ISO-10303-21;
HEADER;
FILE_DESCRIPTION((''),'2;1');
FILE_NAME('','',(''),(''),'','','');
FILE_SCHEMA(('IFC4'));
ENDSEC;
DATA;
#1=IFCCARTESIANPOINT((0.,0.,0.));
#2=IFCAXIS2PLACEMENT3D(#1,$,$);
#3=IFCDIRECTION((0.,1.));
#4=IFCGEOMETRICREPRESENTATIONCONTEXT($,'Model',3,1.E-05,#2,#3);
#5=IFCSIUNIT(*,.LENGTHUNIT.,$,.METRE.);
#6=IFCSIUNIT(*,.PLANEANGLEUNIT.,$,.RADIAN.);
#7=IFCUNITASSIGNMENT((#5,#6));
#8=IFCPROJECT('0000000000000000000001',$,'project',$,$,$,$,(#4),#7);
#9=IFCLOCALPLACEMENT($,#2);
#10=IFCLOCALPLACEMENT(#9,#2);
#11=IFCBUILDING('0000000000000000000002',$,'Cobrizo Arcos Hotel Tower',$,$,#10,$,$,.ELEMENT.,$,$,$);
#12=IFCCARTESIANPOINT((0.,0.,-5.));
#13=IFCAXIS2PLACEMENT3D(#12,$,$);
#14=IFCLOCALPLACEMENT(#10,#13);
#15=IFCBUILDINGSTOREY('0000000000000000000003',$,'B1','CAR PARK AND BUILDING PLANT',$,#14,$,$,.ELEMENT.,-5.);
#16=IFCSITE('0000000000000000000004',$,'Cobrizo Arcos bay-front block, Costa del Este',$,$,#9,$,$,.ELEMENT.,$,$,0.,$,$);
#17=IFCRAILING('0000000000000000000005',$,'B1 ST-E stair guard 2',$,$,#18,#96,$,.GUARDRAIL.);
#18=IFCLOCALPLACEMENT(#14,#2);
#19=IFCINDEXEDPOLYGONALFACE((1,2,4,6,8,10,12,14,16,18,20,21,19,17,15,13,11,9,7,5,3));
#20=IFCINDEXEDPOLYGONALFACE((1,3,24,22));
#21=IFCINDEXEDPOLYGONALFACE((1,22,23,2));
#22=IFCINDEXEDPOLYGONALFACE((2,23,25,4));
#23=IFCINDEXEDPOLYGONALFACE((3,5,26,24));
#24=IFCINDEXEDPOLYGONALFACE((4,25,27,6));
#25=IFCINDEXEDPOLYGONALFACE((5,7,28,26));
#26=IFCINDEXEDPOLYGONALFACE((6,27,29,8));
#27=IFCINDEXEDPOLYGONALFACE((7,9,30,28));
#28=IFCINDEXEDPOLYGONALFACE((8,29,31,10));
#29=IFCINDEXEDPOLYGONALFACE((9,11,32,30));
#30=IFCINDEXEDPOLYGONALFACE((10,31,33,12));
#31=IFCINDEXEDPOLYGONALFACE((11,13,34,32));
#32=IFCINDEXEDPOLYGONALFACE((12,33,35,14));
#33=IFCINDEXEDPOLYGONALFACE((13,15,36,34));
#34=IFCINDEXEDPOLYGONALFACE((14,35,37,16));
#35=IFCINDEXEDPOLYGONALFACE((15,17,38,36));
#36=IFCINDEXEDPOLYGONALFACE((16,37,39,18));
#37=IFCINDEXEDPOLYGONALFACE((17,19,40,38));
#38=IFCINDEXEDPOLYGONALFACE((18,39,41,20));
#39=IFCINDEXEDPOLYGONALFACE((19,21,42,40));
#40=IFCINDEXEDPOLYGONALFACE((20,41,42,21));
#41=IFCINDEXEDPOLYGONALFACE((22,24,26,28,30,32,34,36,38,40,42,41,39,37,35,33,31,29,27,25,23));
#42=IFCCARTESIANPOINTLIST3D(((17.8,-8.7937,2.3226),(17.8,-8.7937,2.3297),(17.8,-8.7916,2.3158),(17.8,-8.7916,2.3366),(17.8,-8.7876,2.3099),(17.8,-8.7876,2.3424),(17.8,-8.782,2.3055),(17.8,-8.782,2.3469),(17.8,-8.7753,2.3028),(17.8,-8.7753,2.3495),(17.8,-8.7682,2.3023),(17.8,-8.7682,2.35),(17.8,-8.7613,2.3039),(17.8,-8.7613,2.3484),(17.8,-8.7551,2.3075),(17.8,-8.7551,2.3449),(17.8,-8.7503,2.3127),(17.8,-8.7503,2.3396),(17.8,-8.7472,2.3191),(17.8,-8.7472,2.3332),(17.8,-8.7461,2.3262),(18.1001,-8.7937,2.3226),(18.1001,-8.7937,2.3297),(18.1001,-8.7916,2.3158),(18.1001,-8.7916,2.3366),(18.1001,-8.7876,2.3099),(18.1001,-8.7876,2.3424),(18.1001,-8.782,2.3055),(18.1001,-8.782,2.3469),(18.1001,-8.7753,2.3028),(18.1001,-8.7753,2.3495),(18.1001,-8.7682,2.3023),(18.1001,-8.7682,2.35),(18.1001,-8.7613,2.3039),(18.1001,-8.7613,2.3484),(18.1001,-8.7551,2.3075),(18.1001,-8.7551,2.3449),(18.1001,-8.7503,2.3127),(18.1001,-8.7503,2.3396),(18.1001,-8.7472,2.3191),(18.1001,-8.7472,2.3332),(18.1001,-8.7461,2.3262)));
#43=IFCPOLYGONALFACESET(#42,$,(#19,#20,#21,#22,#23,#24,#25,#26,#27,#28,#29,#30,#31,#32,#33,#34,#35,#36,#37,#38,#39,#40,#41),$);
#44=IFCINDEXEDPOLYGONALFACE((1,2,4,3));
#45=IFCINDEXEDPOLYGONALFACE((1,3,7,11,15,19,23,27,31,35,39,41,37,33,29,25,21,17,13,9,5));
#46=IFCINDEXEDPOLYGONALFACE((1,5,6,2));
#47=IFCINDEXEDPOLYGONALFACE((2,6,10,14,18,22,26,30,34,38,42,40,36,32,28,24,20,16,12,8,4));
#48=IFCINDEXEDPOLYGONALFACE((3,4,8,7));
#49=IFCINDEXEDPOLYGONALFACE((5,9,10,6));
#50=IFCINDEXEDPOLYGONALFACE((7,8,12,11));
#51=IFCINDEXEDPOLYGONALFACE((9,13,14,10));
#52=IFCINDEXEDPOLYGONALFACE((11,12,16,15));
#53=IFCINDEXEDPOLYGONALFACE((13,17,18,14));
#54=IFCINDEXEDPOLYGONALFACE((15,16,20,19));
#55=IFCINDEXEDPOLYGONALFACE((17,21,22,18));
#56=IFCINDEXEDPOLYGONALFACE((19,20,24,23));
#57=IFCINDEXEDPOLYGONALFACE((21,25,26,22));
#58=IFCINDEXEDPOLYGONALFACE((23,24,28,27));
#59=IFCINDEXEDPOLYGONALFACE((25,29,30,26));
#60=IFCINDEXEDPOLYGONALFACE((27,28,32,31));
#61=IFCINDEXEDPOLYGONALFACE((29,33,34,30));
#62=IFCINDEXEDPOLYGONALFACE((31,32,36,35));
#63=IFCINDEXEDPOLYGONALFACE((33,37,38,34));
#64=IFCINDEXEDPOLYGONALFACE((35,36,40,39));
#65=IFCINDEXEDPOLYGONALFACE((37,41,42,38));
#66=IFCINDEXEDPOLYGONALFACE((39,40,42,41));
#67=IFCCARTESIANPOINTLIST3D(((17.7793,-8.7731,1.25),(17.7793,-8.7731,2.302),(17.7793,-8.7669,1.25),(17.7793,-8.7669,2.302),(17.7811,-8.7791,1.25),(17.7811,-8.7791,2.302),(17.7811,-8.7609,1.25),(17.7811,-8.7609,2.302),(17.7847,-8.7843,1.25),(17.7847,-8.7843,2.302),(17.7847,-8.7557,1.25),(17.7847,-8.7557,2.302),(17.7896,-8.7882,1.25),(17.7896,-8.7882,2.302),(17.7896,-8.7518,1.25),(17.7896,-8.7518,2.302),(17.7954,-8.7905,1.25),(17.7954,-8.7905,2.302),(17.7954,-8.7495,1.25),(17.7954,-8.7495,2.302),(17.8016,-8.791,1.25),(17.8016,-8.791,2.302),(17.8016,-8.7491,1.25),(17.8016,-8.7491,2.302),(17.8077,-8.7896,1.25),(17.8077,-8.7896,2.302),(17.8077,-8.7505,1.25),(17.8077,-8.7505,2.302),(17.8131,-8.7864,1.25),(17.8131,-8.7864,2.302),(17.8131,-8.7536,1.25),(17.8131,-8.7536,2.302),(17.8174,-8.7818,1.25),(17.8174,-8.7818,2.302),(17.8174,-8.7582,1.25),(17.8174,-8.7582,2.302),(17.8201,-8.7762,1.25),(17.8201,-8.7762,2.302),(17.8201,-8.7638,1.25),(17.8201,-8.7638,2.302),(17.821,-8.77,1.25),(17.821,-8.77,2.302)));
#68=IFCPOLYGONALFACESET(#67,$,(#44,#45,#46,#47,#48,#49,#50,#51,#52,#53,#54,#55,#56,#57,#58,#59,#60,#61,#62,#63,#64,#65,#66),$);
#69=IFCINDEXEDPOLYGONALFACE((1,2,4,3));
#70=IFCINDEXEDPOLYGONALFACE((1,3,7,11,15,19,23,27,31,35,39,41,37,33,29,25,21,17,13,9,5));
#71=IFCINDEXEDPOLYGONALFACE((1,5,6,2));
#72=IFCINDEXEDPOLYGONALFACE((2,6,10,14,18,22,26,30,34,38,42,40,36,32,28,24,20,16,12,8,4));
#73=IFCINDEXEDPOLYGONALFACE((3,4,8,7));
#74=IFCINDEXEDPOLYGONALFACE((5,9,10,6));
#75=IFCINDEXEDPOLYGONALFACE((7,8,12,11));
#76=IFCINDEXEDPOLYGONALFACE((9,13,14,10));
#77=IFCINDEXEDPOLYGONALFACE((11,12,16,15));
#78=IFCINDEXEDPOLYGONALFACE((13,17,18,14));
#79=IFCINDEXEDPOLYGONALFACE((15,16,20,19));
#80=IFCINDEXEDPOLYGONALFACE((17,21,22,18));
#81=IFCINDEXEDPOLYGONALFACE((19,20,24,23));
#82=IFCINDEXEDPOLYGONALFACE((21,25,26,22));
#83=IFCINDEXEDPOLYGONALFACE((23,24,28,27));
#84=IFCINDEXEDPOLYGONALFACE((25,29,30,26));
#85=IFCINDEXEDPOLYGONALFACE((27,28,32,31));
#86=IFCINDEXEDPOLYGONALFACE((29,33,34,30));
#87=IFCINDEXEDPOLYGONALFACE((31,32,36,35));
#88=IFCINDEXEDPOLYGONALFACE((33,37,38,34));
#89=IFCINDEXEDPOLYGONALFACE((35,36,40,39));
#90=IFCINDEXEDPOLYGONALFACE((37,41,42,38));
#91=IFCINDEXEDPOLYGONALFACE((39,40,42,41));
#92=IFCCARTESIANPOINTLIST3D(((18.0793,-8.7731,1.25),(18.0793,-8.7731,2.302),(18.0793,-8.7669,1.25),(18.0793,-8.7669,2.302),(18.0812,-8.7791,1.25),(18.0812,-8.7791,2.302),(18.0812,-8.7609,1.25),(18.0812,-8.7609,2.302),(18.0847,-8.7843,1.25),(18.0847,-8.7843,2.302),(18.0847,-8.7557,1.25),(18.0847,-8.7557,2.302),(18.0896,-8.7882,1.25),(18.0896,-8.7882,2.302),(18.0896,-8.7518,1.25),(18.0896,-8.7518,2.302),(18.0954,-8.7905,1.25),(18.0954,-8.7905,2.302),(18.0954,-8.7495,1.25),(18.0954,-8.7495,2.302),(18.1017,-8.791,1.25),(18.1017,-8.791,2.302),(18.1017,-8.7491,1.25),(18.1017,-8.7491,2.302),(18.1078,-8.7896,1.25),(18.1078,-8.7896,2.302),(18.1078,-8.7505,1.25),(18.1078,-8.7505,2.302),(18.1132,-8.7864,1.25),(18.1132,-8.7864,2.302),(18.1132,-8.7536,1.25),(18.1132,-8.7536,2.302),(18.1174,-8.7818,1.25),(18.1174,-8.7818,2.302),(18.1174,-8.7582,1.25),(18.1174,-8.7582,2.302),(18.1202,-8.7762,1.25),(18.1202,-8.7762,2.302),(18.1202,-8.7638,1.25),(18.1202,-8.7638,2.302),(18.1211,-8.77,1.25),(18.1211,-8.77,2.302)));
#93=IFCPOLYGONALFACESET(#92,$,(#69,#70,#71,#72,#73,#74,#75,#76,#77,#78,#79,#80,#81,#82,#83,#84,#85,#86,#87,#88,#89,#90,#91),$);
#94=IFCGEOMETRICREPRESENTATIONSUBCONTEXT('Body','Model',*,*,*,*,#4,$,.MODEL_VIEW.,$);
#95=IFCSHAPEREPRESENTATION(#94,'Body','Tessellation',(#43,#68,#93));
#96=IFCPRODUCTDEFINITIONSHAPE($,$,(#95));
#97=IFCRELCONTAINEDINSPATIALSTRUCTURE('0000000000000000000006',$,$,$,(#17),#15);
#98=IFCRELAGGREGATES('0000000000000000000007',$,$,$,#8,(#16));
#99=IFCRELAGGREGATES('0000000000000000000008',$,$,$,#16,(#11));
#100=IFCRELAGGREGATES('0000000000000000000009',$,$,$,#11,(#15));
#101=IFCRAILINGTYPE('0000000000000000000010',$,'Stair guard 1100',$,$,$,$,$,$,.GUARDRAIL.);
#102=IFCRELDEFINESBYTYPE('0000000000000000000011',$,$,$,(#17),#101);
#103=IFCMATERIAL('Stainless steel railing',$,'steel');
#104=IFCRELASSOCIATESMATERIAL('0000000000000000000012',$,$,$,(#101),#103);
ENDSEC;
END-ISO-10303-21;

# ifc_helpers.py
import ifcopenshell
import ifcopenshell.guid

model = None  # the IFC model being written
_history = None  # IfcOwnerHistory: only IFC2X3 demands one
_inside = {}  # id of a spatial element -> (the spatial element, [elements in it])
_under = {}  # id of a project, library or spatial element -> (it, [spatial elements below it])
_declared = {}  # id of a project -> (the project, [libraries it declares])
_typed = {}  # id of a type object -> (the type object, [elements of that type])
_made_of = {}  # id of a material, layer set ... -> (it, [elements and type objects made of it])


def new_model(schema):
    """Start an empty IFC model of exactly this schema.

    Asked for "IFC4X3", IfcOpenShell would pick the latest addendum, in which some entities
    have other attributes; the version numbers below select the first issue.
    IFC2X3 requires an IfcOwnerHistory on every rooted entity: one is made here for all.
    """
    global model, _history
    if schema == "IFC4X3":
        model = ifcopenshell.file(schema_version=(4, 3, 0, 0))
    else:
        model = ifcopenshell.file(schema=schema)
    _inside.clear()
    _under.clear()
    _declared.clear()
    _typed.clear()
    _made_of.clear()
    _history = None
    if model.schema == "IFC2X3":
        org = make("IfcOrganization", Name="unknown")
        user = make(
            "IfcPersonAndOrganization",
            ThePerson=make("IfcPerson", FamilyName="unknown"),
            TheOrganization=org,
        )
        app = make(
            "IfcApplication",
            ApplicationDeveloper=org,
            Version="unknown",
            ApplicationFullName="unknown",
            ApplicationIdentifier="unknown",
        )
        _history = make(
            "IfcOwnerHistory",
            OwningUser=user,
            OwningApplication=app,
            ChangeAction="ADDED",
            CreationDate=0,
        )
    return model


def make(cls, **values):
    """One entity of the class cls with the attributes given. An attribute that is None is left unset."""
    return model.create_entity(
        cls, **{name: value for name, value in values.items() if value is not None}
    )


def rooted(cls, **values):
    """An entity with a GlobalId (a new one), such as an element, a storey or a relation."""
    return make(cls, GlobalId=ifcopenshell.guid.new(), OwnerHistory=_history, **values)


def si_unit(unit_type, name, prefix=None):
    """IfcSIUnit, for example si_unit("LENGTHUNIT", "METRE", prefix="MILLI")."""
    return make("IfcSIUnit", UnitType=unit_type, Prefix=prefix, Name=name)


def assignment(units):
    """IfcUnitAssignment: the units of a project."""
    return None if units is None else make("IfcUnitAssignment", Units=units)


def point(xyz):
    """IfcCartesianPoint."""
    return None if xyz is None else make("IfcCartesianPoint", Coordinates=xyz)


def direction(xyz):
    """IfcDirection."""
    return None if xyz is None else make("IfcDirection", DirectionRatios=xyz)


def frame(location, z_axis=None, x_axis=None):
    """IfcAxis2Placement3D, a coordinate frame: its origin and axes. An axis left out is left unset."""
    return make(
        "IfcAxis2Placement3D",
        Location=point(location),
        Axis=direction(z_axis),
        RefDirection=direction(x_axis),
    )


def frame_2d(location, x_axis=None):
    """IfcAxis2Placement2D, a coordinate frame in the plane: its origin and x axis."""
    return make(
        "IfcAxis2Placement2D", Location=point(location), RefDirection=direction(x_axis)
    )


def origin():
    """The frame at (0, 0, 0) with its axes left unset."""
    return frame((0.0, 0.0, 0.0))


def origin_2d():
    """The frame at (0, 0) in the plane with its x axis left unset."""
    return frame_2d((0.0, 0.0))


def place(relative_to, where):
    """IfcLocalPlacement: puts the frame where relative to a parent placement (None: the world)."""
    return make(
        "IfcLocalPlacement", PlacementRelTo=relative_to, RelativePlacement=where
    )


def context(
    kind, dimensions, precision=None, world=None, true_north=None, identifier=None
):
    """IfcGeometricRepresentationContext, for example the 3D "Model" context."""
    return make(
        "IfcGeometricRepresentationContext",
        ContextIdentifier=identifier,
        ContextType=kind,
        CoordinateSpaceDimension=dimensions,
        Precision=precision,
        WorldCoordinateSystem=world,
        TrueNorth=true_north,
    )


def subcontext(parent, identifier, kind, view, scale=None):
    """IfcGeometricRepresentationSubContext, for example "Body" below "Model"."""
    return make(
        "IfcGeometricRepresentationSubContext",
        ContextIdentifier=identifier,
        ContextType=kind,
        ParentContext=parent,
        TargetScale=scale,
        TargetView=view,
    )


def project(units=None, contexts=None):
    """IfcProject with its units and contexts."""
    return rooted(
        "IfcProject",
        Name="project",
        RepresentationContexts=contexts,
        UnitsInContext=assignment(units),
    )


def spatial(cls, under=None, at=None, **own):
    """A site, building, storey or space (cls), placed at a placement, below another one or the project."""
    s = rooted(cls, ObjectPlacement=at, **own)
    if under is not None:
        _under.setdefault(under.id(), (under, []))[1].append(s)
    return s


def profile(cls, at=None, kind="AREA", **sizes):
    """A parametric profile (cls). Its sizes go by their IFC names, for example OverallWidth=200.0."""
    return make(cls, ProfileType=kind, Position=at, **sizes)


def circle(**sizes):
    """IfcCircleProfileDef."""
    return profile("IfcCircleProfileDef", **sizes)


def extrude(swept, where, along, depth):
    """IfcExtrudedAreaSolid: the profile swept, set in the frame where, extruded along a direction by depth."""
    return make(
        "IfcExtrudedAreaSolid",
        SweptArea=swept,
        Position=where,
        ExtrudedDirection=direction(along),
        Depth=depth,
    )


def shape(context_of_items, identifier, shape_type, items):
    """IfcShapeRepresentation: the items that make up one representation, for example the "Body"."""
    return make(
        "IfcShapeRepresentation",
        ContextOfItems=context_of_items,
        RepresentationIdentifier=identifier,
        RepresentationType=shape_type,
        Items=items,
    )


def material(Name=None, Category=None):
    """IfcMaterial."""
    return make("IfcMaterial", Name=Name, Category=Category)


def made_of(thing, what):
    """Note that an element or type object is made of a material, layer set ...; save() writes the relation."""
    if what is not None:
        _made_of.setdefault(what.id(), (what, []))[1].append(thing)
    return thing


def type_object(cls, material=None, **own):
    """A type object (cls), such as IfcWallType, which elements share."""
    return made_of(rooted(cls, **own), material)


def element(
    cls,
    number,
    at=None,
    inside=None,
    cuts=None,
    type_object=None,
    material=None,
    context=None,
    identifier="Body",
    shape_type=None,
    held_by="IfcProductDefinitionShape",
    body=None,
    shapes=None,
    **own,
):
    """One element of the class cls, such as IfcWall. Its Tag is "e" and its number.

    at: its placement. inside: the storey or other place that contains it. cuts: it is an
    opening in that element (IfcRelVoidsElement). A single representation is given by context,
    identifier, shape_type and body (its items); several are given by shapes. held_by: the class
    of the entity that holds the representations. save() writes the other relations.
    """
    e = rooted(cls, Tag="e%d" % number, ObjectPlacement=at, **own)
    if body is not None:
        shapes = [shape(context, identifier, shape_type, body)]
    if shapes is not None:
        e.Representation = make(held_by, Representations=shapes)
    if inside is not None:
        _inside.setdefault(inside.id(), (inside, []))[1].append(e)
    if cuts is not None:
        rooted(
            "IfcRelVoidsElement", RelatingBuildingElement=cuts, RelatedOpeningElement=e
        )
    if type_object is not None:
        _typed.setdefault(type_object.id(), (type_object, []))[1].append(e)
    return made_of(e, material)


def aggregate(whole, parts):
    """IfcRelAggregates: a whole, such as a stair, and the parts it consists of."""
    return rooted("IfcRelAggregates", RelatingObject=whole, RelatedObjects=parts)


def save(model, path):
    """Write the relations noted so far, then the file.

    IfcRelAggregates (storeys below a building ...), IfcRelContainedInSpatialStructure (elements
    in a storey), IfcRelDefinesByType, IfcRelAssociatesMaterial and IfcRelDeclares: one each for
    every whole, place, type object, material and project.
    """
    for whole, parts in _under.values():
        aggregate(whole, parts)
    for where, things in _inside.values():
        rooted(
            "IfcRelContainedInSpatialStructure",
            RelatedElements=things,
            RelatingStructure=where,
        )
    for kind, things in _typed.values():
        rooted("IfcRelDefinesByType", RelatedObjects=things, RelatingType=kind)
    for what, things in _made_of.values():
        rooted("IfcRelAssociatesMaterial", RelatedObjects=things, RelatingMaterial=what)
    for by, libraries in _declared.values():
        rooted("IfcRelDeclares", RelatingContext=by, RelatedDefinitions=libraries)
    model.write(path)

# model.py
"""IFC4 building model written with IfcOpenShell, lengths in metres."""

from ifc_helpers import new_model, si_unit, direction, frame, origin, origin_2d, place, context, subcontext, project, spatial, circle, extrude, material, type_object, element, save


model = new_model("IFC4")

# Units and contexts
model_context = context("Model", 3, precision=1e-05, world=origin(), true_north=direction((0.0, 1.0)))
body_context = subcontext(model_context, "Body", "Model", "MODEL_VIEW")
ifc_project = project(units=[si_unit("LENGTHUNIT", "METRE"), si_unit("PLANEANGLEUNIT", "RADIAN")], contexts=[model_context])

# Site, building, storey
site_placement = place(None, origin())
site = spatial("IfcSite", under=ifc_project, at=site_placement, Name="Cobrizo Arcos bay-front block, Costa del Este", CompositionType="ELEMENT", RefElevation=0.0)
building_placement = place(site_placement, origin())
building = spatial("IfcBuilding", under=site, at=building_placement, Name="Cobrizo Arcos Hotel Tower", CompositionType="ELEMENT")
storey_placement = place(building_placement, frame((0.0, 0.0, -5.0)))
storey = spatial("IfcBuildingStorey", under=building, at=storey_placement, Name="B1", Description="CAR PARK AND BUILDING PLANT", CompositionType="ELEMENT", Elevation=-5.0)

# Railing
ifc_material_1 = material(Name="Stainless steel railing", Category="steel")
railing_type_1 = type_object("IfcRailingType", Name="Stair guard 1100", PredefinedType="GUARDRAIL", material=ifc_material_1)
railing_1_placement = place(storey_placement, frame((17.8, -8.77, 1.25)))
element("IfcRailing", 1, at=railing_1_placement, inside=storey, type_object=railing_type_1, Name="B1 ST-E stair guard 2", PredefinedType="GUARDRAIL", context=body_context, shape_type="SweptSolid", body=[
    extrude(circle(Radius=0.0239, at=origin_2d()), frame((0.0, 0.0, 1.0762), z_axis=(1.0, 0.0, 0.0), x_axis=(0.0, 1.0, 0.0)), (0.0, 0.0, 1.0), 0.3),
    extrude(circle(Radius=0.021, at=origin_2d()), origin(), (0.0, 0.0, 1.0), 1.052),
    extrude(circle(Radius=0.021, at=origin_2d()), frame((0.3, 0.0, 0.0)), (0.0, 0.0, 1.0), 1.052),
])

save(model, "model.ifc")
